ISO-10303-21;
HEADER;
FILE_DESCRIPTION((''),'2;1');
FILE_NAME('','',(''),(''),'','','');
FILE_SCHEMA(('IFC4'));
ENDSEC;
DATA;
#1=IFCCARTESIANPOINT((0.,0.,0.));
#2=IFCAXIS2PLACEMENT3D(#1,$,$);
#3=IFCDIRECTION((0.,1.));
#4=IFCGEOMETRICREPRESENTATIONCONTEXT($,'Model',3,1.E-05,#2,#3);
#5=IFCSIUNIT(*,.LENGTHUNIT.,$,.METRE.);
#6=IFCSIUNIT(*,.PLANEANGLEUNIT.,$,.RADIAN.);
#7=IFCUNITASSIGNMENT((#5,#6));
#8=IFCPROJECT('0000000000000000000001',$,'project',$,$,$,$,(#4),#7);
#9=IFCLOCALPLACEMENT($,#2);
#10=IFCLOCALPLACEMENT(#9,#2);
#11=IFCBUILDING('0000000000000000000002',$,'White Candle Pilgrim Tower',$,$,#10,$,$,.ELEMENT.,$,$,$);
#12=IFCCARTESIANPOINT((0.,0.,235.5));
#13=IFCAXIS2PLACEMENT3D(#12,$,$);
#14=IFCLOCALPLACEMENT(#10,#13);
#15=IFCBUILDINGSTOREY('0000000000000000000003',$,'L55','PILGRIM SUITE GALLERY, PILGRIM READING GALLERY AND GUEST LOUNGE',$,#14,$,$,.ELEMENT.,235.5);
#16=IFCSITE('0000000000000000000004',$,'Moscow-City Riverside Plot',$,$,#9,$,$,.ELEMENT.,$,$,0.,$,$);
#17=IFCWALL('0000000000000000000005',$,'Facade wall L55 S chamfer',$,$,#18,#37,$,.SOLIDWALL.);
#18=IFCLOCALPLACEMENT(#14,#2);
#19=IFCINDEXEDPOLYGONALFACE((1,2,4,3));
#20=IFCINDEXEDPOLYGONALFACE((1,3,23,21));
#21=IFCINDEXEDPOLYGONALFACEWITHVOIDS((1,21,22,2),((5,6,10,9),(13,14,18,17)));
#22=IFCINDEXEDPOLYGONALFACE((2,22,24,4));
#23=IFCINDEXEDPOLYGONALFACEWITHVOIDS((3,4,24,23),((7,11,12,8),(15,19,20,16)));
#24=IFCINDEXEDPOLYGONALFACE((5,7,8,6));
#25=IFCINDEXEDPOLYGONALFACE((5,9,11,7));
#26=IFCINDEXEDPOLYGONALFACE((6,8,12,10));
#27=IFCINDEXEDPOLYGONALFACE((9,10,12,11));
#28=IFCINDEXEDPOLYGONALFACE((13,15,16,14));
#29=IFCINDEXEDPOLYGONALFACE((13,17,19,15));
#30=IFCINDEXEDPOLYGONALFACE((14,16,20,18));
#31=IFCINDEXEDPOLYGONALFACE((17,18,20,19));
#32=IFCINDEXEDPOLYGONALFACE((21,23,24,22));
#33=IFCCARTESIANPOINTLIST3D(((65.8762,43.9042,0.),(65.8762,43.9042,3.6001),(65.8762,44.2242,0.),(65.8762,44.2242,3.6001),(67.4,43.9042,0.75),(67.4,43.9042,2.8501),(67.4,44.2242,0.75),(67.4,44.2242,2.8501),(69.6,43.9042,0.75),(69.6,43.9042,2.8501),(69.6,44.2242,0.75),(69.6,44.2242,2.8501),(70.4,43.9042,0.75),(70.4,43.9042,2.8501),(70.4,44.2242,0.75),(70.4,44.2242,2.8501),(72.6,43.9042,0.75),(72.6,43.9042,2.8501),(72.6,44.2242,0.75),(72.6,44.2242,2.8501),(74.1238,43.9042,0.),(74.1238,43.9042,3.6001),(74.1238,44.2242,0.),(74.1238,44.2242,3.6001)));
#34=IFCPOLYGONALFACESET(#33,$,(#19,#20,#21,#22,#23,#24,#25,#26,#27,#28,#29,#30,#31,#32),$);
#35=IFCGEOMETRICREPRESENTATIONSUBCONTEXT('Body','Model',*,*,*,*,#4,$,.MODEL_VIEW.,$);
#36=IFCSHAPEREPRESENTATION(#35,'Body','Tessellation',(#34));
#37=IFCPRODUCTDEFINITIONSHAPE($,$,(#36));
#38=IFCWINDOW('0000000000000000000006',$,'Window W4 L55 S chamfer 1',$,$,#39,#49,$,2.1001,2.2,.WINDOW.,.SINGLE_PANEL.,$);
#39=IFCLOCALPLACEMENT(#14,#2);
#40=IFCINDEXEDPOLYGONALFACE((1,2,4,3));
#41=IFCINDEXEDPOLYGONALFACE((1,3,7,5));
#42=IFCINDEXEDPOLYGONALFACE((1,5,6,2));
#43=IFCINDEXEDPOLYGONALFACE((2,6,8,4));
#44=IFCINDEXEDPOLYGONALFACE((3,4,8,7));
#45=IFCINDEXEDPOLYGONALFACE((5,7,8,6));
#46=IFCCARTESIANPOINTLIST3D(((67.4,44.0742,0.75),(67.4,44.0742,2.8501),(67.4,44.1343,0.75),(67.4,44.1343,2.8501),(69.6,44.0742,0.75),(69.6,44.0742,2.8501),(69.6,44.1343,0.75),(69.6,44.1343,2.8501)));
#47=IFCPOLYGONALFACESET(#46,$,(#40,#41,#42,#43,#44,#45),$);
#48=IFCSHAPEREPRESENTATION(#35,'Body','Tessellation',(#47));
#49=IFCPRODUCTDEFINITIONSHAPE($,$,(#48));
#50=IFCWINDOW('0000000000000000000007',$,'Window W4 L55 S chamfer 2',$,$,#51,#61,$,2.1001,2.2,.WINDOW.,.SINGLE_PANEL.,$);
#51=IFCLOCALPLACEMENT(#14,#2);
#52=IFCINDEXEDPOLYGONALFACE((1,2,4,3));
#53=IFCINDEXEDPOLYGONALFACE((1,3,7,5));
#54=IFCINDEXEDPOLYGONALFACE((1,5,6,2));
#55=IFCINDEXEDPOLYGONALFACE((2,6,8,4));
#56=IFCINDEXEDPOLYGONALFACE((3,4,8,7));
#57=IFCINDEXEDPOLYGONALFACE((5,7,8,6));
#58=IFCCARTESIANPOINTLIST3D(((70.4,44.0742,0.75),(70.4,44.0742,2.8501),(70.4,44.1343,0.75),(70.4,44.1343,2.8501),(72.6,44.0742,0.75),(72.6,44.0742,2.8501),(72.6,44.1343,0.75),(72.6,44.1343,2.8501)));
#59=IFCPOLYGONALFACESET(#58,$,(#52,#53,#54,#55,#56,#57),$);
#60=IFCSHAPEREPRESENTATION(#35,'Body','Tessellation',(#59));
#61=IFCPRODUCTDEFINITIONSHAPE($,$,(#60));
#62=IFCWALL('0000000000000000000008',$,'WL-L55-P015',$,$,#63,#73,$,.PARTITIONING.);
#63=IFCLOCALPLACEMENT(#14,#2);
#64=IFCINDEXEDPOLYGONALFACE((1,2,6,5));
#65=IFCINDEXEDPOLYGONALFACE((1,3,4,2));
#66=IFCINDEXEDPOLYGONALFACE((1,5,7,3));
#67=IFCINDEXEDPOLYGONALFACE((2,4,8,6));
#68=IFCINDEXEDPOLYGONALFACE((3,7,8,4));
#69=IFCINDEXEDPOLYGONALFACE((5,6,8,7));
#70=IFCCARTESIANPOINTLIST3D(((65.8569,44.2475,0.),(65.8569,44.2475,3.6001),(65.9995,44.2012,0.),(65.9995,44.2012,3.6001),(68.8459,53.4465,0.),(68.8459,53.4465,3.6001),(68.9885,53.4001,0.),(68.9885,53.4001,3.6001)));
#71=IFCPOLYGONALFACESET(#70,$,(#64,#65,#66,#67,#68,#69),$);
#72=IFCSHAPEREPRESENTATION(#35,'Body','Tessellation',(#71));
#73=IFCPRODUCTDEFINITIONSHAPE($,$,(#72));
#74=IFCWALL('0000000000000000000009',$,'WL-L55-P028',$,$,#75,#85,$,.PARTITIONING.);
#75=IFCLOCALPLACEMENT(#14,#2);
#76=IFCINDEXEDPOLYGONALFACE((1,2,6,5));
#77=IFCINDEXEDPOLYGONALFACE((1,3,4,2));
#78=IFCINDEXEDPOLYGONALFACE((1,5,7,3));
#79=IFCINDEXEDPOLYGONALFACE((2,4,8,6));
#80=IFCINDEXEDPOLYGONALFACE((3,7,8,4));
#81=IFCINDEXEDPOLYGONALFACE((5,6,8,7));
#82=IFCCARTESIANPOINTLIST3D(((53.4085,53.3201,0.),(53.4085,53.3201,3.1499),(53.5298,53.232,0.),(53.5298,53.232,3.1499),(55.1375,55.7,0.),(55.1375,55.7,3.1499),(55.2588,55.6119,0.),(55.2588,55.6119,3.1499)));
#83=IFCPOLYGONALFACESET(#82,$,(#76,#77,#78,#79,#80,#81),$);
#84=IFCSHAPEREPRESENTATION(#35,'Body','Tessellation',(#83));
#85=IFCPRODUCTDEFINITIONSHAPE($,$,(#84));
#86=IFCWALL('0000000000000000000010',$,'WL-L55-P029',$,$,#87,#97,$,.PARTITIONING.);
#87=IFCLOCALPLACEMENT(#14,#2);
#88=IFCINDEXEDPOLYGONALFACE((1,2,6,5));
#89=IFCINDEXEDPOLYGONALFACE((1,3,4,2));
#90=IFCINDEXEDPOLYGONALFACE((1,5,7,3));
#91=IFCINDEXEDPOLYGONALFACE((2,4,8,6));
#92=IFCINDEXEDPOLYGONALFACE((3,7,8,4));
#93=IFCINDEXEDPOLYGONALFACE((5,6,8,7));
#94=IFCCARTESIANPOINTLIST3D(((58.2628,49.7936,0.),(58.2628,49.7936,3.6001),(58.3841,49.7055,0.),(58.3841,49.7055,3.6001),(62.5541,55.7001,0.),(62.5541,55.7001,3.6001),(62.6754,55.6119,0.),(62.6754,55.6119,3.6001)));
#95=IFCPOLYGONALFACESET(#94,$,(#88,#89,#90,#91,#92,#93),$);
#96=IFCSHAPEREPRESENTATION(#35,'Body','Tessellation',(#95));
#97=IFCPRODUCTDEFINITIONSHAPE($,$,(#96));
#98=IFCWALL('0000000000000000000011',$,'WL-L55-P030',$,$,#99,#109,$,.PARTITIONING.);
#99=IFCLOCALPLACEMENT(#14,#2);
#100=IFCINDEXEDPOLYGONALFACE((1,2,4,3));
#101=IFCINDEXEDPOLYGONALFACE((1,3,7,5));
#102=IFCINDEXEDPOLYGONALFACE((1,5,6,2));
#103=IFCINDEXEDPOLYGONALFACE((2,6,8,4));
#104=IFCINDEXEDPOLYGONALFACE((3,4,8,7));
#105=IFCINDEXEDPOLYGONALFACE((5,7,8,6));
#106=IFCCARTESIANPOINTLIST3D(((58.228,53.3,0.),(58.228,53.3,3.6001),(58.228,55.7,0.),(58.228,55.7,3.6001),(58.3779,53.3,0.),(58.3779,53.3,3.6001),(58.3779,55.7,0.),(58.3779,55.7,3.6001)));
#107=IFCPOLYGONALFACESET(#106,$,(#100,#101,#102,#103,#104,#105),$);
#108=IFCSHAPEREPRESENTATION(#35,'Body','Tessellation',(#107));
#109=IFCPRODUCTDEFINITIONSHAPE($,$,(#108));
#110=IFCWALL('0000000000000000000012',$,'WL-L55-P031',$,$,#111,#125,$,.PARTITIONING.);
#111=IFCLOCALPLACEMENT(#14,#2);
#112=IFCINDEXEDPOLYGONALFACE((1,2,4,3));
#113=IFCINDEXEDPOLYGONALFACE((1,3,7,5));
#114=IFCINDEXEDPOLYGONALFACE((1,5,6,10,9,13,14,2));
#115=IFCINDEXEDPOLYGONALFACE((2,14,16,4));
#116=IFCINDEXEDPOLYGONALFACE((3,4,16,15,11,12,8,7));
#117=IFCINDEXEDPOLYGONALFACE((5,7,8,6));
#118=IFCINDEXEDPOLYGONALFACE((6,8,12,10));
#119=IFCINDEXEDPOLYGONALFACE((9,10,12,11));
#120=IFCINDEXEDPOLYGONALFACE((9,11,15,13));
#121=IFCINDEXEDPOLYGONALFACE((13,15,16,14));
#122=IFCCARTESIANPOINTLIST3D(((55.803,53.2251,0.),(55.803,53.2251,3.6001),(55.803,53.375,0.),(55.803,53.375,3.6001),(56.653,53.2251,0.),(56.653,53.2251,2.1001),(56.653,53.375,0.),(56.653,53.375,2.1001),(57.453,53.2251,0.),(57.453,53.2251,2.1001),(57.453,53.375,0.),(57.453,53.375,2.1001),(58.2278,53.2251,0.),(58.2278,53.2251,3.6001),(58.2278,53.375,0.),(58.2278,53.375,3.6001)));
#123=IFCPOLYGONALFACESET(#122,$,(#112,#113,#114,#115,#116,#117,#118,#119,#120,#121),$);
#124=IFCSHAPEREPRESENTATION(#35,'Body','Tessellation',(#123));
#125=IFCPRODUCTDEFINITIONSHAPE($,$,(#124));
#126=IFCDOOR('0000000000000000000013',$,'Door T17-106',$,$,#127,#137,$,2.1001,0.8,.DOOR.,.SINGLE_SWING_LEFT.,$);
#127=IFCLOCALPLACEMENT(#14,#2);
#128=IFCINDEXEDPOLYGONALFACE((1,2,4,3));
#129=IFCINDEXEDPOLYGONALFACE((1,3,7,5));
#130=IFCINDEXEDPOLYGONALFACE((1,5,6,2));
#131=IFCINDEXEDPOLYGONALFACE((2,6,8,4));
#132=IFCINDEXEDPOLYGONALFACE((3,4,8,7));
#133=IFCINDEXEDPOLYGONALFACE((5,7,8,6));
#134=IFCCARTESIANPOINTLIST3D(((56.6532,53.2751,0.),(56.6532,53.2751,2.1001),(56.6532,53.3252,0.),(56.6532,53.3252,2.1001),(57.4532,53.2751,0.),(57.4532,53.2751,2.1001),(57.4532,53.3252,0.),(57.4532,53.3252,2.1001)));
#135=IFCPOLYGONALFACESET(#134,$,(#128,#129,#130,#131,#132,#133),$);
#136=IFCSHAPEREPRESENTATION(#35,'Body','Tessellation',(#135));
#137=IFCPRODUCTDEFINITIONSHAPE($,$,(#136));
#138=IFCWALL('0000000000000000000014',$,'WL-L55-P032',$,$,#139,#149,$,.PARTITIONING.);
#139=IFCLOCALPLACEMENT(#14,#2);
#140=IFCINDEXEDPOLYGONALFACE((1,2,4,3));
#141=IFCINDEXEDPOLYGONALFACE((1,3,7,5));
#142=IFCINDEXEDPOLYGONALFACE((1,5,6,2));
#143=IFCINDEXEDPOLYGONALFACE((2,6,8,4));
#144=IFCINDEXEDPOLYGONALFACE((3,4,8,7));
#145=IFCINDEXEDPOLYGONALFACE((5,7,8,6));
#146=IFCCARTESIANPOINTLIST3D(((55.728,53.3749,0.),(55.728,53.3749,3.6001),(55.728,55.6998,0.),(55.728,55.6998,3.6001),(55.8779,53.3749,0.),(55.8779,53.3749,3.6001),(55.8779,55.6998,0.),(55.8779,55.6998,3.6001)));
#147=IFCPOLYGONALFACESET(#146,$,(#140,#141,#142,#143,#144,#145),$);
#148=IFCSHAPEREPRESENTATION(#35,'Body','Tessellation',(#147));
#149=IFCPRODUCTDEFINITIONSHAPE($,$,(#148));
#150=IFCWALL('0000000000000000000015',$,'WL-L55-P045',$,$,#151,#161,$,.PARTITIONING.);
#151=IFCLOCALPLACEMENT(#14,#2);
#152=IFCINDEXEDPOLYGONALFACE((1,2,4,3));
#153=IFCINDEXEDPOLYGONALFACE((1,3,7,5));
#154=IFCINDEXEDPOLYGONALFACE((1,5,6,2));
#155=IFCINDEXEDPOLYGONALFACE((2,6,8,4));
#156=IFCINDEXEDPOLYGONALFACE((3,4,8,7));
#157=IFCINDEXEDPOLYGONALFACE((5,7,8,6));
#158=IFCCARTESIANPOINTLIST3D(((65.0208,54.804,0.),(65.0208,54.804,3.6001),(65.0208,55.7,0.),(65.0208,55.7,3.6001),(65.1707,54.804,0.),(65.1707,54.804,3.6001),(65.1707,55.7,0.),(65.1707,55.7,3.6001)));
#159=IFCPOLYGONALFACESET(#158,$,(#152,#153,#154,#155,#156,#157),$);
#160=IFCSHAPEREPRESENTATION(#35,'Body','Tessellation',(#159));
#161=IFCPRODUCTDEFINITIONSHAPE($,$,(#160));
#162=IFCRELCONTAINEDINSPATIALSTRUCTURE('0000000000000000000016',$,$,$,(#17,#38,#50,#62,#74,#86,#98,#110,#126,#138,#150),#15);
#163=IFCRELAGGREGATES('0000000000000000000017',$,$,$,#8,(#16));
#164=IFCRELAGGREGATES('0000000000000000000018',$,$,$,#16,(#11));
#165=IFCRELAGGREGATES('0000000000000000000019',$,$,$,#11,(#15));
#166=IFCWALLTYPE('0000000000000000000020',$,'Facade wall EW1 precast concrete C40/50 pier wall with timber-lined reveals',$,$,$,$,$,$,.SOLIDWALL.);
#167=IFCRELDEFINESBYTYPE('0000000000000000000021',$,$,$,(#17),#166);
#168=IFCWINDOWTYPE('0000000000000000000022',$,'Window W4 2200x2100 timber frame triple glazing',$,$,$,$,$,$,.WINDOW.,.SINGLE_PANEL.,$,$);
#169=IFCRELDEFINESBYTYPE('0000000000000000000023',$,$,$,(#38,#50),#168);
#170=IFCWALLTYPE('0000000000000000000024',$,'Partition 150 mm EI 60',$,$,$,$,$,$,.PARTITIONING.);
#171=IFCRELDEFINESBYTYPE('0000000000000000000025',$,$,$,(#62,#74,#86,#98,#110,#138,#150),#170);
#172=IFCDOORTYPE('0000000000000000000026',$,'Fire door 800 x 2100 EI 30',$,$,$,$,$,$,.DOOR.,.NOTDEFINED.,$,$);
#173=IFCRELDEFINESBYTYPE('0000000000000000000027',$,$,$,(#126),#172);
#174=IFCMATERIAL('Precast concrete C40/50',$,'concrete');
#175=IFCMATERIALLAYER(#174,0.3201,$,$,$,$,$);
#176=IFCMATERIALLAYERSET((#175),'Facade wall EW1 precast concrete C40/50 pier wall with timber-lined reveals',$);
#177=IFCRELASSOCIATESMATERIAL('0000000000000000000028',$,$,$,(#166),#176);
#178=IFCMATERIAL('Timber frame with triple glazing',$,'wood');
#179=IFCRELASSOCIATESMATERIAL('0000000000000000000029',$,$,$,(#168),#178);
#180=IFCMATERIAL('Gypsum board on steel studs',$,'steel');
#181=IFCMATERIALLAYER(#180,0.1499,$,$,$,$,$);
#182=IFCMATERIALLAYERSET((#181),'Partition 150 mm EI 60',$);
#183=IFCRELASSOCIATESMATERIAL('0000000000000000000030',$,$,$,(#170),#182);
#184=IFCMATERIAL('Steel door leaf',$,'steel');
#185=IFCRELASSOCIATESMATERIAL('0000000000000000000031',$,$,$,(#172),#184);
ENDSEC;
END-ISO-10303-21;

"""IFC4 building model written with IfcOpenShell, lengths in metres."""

from ifc_helpers import new_model, si_unit, direction, frame, frame_2d, origin, place, context, subcontext, project, spatial, rectangle, extrude, material, layer, layer_set, type_object, element, fill, save


model = new_model("IFC4")

# Units and contexts
model_context = context("Model", 3, precision=1e-05, world=origin(), true_north=direction((0.0, 1.0)))
body_context = subcontext(model_context, "Body", "Model", "MODEL_VIEW")
ifc_project = project(units=[si_unit("LENGTHUNIT", "METRE"), si_unit("PLANEANGLEUNIT", "RADIAN")], contexts=[model_context])

# Site, building, storey
site_placement = place(None, origin())
site = spatial("IfcSite", under=ifc_project, at=site_placement, Name="Moscow-City Riverside Plot", CompositionType="ELEMENT", RefElevation=0.0)
building_placement = place(site_placement, origin())
building = spatial("IfcBuilding", under=site, at=building_placement, Name="White Candle Pilgrim Tower", CompositionType="ELEMENT")
storey_placement = place(building_placement, frame((0.0, 0.0, 235.5)))
storey = spatial("IfcBuildingStorey", under=building, at=storey_placement, Name="L55", Description="PILGRIM SUITE GALLERY, PILGRIM READING GALLERY AND GUEST LOUNGE", CompositionType="ELEMENT", Elevation=235.5)

# Shared definitions
ifc_material_1 = material(Name="Gypsum board on steel studs", Category="steel")
ifc_material_2 = material(Name="Steel door leaf", Category="steel")

# Wall, openings, windows
ifc_material_3 = material(Name="Precast concrete C40/50", Category="concrete")
ifc_layer_1 = layer(ifc_material_3, 0.3201)
ifc_layer_set_1 = layer_set([ifc_layer_1], Name="Facade wall EW1 precast concrete C40/50 pier wall with timber-lined reveals")
wall_type_1 = type_object("IfcWallType", Name="Facade wall EW1 precast concrete C40/50 pier wall with timber-lined reveals", PredefinedType="SOLIDWALL", material=ifc_layer_set_1)
wall_1_placement = place(storey_placement, frame((65.8762, 44.0642, 0.0), z_axis=(0.0, 0.0, 1.0), x_axis=(1.0, 0.0, 0.0)))
wall_1 = element("IfcWall", 1, at=wall_1_placement, inside=storey, type_object=wall_type_1, Name="Facade wall L55 S chamfer", PredefinedType="SOLIDWALL", context=body_context, shape_type="SweptSolid", body=[
    extrude(rectangle(XDim=8.2476, YDim=0.3201, at=frame_2d((4.1238, 0.0))), origin(), (0.0, 0.0, 1.0), 3.6001),
])
opening_1_placement = place(wall_1_placement, frame((1.5237, 0.0, 0.75)))
opening_1 = element("IfcOpeningElement", 2, at=opening_1_placement, cuts=wall_1, PredefinedType="OPENING", context=body_context, shape_type="SweptSolid", body=[
    extrude(rectangle(XDim=2.2, YDim=2.1001, at=frame_2d((1.1001, 1.05))), frame((0.0, 0.1699, 0.0), z_axis=(0.0, -1.0, 0.0), x_axis=(1.0, 0.0, 0.0)), (0.0, 0.0, 1.0), 0.3401),
])
opening_2_placement = place(wall_1_placement, frame((4.5237, 0.0, 0.75)))
opening_2 = element("IfcOpeningElement", 3, at=opening_2_placement, cuts=wall_1, PredefinedType="OPENING", context=body_context, shape_type="SweptSolid", body=[
    extrude(rectangle(XDim=2.2, YDim=2.1001, at=frame_2d((1.1001, 1.05))), frame((0.0, 0.1699, 0.0), z_axis=(0.0, -1.0, 0.0), x_axis=(1.0, 0.0, 0.0)), (0.0, 0.0, 1.0), 0.3401),
])
ifc_material_4 = material(Name="Timber frame with triple glazing", Category="wood")
window_type = type_object("IfcWindowType", Name="Window W4 2200x2100 timber frame triple glazing", PartitioningType="SINGLE_PANEL", PredefinedType="WINDOW", material=ifc_material_4)
window_1_placement = place(opening_1_placement, origin())
window_1 = element("IfcWindow", 4, at=window_1_placement, inside=storey, type_object=window_type, Name="Window W4 L55 S chamfer 1", OverallHeight=2.1001, OverallWidth=2.2, PartitioningType="SINGLE_PANEL", PredefinedType="WINDOW", context=body_context, shape_type="SweptSolid", body=[
    extrude(rectangle(XDim=2.2, YDim=2.1001, at=frame_2d((1.1001, 1.05))), frame((0.0, 0.0701, 0.0), z_axis=(0.0, -1.0, 0.0), x_axis=(1.0, 0.0, 0.0)), (0.0, 0.0, 1.0), 0.0601),
])
fill(opening_1, window_1)
window_2_placement = place(opening_2_placement, origin())
window_2 = element("IfcWindow", 5, at=window_2_placement, inside=storey, type_object=window_type, Name="Window W4 L55 S chamfer 2", OverallHeight=2.1001, OverallWidth=2.2, PartitioningType="SINGLE_PANEL", PredefinedType="WINDOW", context=body_context, shape_type="SweptSolid", body=[
    extrude(rectangle(XDim=2.2, YDim=2.1001, at=frame_2d((1.1001, 1.05))), frame((0.0, 0.0701, 0.0), z_axis=(0.0, -1.0, 0.0), x_axis=(1.0, 0.0, 0.0)), (0.0, 0.0, 1.0), 0.0601),
])
fill(opening_2, window_2)

# Walls
ifc_layer_2 = layer(ifc_material_1, 0.1499)
ifc_layer_set_2 = layer_set([ifc_layer_2], Name="Partition 150 mm EI 60")
wall_type_2 = type_object("IfcWallType", Name="Partition 150 mm EI 60", PredefinedType="PARTITIONING", material=ifc_layer_set_2)
wall_2_placement = place(storey_placement, frame((65.9282, 44.2244, 0.0), z_axis=(0.0, 0.0, 1.0), x_axis=(0.309025, 0.951054, 0.0)))
element("IfcWall", 6, at=wall_2_placement, inside=storey, type_object=wall_type_2, Name="WL-L55-P015", PredefinedType="PARTITIONING", context=body_context, shape_type="SweptSolid", body=[
    extrude(rectangle(XDim=9.6724, YDim=0.1499, at=frame_2d((4.8362, 0.0))), origin(), (0.0, 0.0, 1.0), 3.6001),
])
wall_3_placement = place(storey_placement, frame((53.4692, 53.2761, 0.0), z_axis=(0.0, 0.0, 1.0), x_axis=(0.587767, 0.80903, 0.0)))
element("IfcWall", 7, at=wall_3_placement, inside=storey, type_object=wall_type_2, Name="WL-L55-P028", PredefinedType="PARTITIONING", context=body_context, shape_type="SweptSolid", body=[
    extrude(rectangle(XDim=2.9417, YDim=0.1499, at=frame_2d((1.4707, 0.0))), origin(), (0.0, 0.0, 1.0), 3.1499),
])
wall_4_placement = place(storey_placement, frame((58.3235, 49.7495, 0.0), z_axis=(0.0, 0.0, 1.0), x_axis=(0.58778, 0.809021, 0.0)))
element("IfcWall", 8, at=wall_4_placement, inside=storey, type_object=wall_type_2, Name="WL-L55-P029", PredefinedType="PARTITIONING", context=body_context, shape_type="SweptSolid", body=[
    extrude(rectangle(XDim=7.3008, YDim=0.1499, at=frame_2d((3.6504, 0.0))), origin(), (0.0, 0.0, 1.0), 3.6001),
])
wall_5_placement = place(storey_placement, frame((58.303, 55.7, 0.0), z_axis=(0.0, 0.0, 1.0), x_axis=(0.0, -1.0, 0.0)))
element("IfcWall", 9, at=wall_5_placement, inside=storey, type_object=wall_type_2, Name="WL-L55-P030", PredefinedType="PARTITIONING", context=body_context, shape_type="SweptSolid", body=[
    extrude(rectangle(XDim=2.3999, YDim=0.1499, at=frame_2d((1.2, 0.0))), origin(), (0.0, 0.0, 1.0), 3.6001),
])

# Wall, opening, door
wall_6_placement = place(storey_placement, frame((55.803, 53.3, 0.0), z_axis=(0.0, 0.0, 1.0), x_axis=(1.0, 0.0, 0.0)))
wall_6 = element("IfcWall", 10, at=wall_6_placement, inside=storey, type_object=wall_type_2, Name="WL-L55-P031", PredefinedType="PARTITIONING", context=body_context, shape_type="SweptSolid", body=[
    extrude(rectangle(XDim=2.4248, YDim=0.1499, at=frame_2d((1.2124, 0.0))), origin(), (0.0, 0.0, 1.0), 3.6001),
])
opening_3_placement = place(wall_6_placement, frame((0.8501, 0.0, 0.0)))
opening_3 = element("IfcOpeningElement", 11, at=opening_3_placement, cuts=wall_6, PredefinedType="OPENING", context=body_context, shape_type="SweptSolid", body=[
    extrude(rectangle(XDim=0.8, YDim=2.1001, at=frame_2d((0.3999, 1.05))), frame((0.0, 0.085, 0.0), z_axis=(0.0, -1.0, 0.0), x_axis=(1.0, 0.0, 0.0)), (0.0, 0.0, 1.0), 0.1699),
])
door_type_1 = type_object("IfcDoorType", Name="Fire door 800 x 2100 EI 30", OperationType="NOTDEFINED", PredefinedType="DOOR", material=ifc_material_2)
door_1_placement = place(opening_3_placement, frame((0.8, 0.0, 0.0), z_axis=(0.0, 0.0, 1.0), x_axis=(-1.0, 0.0, 0.0)))
door_1 = element("IfcDoor", 12, at=door_1_placement, inside=storey, type_object=door_type_1, Name="Door T17-106", OperationType="SINGLE_SWING_LEFT", OverallHeight=2.1001, OverallWidth=0.8, PredefinedType="DOOR", context=body_context, shape_type="SweptSolid", body=[
    extrude(rectangle(XDim=0.8, YDim=2.1001, at=frame_2d((0.3999, 1.05))), frame((0.0, 0.0249, 0.0), z_axis=(0.0, -1.0, 0.0), x_axis=(1.0, 0.0, 0.0)), (0.0, 0.0, 1.0), 0.05),
])
fill(opening_3, door_1)

# Walls
wall_7_placement = place(storey_placement, frame((55.803, 55.7, 0.0), z_axis=(0.0, 0.0, 1.0), x_axis=(0.0, -1.0, 0.0)))
element("IfcWall", 13, at=wall_7_placement, inside=storey, type_object=wall_type_2, Name="WL-L55-P032", PredefinedType="PARTITIONING", context=body_context, shape_type="SweptSolid", body=[
    extrude(rectangle(XDim=2.325, YDim=0.1499, at=frame_2d((1.1626, 0.0))), origin(), (0.0, 0.0, 1.0), 3.6001),
])
wall_8_placement = place(storey_placement, frame((65.0957, 54.804, 0.0), z_axis=(0.0, 0.0, 1.0), x_axis=(0.0, 1.0, 0.0)))
element("IfcWall", 14, at=wall_8_placement, inside=storey, type_object=wall_type_2, Name="WL-L55-P045", PredefinedType="PARTITIONING", context=body_context, shape_type="SweptSolid", body=[
    extrude(rectangle(XDim=0.896, YDim=0.1499, at=frame_2d((0.448, 0.0))), origin(), (0.0, 0.0, 1.0), 3.6001),
])

save(model, "model.ifc")
